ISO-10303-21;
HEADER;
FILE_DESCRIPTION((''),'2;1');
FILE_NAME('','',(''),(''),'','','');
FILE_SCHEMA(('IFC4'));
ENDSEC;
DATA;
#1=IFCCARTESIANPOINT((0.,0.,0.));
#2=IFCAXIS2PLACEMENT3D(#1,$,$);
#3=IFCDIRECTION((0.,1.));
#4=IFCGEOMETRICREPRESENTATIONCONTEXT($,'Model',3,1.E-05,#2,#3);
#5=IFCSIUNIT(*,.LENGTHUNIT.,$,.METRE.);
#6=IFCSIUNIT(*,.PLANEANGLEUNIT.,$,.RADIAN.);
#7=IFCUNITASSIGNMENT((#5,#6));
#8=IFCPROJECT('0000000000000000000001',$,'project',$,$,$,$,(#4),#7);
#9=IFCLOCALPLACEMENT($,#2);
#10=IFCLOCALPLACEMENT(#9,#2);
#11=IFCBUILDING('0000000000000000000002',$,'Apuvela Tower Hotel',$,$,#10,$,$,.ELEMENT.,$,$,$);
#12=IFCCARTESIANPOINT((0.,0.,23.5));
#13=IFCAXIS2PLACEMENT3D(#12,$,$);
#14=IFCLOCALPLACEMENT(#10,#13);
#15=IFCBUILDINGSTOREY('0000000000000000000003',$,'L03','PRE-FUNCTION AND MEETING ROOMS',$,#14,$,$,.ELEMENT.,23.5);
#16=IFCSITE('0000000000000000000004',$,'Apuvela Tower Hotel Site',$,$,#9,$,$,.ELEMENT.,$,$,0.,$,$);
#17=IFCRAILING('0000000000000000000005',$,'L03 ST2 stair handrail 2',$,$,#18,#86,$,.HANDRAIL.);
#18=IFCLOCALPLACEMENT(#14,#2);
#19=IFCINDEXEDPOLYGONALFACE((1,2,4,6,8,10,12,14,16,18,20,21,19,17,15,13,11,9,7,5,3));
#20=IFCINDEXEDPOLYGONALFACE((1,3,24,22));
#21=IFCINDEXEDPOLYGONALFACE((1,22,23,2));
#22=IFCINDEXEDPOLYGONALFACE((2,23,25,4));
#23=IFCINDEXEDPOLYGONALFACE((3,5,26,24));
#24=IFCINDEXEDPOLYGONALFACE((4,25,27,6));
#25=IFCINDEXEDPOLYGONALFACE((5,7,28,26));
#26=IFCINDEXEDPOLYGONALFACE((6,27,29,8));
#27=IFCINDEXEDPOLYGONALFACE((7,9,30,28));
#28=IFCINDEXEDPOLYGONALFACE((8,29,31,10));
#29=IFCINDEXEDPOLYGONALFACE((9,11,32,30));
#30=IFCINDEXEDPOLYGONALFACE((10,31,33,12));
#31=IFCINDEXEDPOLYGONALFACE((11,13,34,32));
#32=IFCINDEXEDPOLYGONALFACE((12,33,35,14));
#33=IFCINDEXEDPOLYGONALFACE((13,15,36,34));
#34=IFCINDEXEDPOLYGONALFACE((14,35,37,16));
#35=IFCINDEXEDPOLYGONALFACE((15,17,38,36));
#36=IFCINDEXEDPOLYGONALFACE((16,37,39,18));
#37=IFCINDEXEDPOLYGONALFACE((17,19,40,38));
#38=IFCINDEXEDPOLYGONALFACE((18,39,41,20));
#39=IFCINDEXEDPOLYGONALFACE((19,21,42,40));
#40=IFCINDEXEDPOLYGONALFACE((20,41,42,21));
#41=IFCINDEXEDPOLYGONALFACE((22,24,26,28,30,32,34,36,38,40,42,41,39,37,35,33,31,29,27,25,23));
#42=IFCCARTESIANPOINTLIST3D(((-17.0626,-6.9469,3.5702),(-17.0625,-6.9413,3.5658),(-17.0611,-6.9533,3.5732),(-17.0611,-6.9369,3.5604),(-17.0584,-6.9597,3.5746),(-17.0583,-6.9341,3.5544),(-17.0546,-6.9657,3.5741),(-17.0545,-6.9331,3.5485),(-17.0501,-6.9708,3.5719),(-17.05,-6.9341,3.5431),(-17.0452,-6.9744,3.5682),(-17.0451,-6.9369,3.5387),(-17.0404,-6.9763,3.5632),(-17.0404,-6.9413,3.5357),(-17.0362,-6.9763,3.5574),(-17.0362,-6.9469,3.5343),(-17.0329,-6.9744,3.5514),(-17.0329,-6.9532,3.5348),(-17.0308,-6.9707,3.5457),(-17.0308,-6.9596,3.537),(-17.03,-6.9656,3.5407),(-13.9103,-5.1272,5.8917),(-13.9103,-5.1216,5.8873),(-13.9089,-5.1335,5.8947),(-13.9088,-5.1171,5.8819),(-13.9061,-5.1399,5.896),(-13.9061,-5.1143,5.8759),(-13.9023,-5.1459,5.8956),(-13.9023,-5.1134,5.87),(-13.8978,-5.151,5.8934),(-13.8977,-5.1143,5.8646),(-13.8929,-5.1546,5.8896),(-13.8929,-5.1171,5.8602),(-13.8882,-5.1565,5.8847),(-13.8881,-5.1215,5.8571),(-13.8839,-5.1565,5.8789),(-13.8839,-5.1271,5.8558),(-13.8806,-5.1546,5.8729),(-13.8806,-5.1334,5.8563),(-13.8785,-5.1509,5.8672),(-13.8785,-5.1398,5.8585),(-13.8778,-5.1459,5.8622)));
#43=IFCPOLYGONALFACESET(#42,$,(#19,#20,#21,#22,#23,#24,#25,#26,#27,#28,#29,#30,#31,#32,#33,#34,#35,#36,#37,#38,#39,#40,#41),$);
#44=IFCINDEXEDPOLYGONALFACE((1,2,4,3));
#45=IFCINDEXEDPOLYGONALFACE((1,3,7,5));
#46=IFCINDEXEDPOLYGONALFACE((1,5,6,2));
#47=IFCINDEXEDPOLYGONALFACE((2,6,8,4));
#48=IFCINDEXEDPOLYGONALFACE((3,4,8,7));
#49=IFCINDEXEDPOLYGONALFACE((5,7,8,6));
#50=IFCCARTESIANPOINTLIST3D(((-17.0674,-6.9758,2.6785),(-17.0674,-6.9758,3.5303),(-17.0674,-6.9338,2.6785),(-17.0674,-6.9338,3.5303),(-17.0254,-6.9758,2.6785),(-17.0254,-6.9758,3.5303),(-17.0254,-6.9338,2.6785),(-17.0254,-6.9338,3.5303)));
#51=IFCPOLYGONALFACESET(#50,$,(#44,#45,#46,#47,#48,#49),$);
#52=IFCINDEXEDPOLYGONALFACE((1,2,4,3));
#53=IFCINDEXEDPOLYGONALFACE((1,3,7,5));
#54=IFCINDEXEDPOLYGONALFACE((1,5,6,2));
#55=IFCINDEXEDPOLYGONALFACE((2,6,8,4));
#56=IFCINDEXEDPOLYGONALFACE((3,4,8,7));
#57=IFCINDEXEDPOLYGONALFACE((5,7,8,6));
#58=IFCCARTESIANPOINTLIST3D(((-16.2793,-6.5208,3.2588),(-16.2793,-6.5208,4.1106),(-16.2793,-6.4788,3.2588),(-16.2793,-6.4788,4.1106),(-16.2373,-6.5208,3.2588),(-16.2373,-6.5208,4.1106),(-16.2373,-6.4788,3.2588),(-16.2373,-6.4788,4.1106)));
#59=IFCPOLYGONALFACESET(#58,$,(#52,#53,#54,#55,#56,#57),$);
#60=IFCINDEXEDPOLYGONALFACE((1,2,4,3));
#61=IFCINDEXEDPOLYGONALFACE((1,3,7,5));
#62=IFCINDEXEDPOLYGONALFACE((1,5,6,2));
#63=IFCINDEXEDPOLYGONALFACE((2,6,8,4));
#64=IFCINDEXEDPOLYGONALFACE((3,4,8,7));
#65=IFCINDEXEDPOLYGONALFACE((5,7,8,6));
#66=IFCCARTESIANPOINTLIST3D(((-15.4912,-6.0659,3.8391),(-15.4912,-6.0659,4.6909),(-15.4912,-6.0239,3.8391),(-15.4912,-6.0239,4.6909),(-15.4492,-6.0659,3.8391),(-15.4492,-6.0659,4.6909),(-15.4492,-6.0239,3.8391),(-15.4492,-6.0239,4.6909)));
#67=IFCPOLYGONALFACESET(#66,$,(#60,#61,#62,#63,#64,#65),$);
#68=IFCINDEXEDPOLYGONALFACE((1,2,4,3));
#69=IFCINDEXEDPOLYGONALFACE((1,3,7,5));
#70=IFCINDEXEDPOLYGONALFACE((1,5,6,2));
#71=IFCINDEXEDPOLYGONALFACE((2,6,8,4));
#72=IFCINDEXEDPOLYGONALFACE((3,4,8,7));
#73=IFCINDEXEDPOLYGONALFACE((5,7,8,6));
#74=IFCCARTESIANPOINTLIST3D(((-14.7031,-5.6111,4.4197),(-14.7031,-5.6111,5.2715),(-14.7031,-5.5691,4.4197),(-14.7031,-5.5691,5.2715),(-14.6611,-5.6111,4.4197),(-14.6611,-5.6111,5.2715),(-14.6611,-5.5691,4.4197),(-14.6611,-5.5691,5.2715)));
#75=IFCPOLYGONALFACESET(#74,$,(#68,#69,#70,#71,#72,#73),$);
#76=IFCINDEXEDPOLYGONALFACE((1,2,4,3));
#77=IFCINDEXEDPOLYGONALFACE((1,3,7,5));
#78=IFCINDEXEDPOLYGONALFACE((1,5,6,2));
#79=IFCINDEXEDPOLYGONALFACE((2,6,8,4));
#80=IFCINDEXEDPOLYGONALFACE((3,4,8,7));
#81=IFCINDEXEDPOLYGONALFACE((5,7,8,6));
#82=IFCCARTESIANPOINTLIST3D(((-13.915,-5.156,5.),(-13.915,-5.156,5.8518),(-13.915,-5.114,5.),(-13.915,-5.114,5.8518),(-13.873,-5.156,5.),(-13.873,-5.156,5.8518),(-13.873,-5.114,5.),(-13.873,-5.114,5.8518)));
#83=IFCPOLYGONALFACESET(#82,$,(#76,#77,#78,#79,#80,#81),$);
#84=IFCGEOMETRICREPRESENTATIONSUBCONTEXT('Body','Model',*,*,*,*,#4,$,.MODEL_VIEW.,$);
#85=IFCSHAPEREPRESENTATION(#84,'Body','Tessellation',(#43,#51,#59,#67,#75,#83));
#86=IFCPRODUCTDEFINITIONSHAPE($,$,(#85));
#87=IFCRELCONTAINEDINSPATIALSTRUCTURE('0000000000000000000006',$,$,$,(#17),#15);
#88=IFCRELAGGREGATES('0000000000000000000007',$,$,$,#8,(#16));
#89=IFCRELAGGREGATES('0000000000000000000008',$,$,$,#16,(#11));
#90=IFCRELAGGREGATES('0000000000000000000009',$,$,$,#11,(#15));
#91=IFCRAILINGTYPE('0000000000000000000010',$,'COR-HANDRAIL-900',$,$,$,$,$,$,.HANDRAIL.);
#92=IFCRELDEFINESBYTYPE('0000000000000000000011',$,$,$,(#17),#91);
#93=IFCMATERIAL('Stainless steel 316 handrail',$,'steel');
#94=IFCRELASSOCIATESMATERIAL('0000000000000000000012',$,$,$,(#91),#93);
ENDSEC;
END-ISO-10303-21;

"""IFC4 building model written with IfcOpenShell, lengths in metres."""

from ifc_helpers import new_model, si_unit, direction, frame, origin, origin_2d, place, context, subcontext, project, spatial, rectangle, circle, extrude, material, type_object, element, save


model = new_model("IFC4")

# Units and contexts
model_context = context("Model", 3, precision=1e-05, world=origin(), true_north=direction((0.0, 1.0)))
body_context = subcontext(model_context, "Body", "Model", "MODEL_VIEW")
ifc_project = project(units=[si_unit("LENGTHUNIT", "METRE"), si_unit("PLANEANGLEUNIT", "RADIAN")], contexts=[model_context])

# Site, building, storey
site_placement = place(None, origin())
site = spatial("IfcSite", under=ifc_project, at=site_placement, Name="Apuvela Tower Hotel Site", CompositionType="ELEMENT", RefElevation=0.0)
building_placement = place(site_placement, origin())
building = spatial("IfcBuilding", under=site, at=building_placement, Name="Apuvela Tower Hotel", CompositionType="ELEMENT")
storey_placement = place(building_placement, frame((0.0, 0.0, 23.5)))
storey = spatial("IfcBuildingStorey", under=building, at=storey_placement, Name="L03", Description="PRE-FUNCTION AND MEETING ROOMS", CompositionType="ELEMENT", Elevation=23.5)

# Railing
ifc_material_1 = material(Name="Stainless steel 316 handrail", Category="steel")
railing_type_1 = type_object("IfcRailingType", Name="COR-HANDRAIL-900", PredefinedType="HANDRAIL", material=ifc_material_1)
railing_1_placement = place(storey_placement, frame((-17.0464, -6.9548, 2.6785)))
element("IfcRailing", 1, at=railing_1_placement, inside=storey, type_object=railing_type_1, Name="L03 ST2 stair handrail 2", PredefinedType="HANDRAIL", context=body_context, shape_type="SweptSolid", body=[
    extrude(circle(Radius=0.0239, at=origin_2d()), frame((0.0, 0.0, 0.876), z_axis=(0.730176, 0.421525, 0.537736), x_axis=(-0.499962, 0.866047, 0.0)), (0.0, 0.0, 1.0), 4.3171),
    extrude(rectangle(XDim=0.042, YDim=0.042, at=origin_2d()), origin(), (0.0, 0.0, 1.0), 0.8518),
    extrude(rectangle(XDim=0.042, YDim=0.042, at=origin_2d()), frame((0.7881, 0.4551, 0.5803)), (0.0, 0.0, 1.0), 0.8518),
    extrude(rectangle(XDim=0.042, YDim=0.042, at=origin_2d()), frame((1.5762, 0.9099, 1.1606)), (0.0, 0.0, 1.0), 0.8518),
    extrude(rectangle(XDim=0.042, YDim=0.042, at=origin_2d()), frame((2.3643, 1.3647, 1.7412)), (0.0, 0.0, 1.0), 0.8518),
    extrude(rectangle(XDim=0.042, YDim=0.042, at=origin_2d()), frame((3.1523, 1.8198, 2.3215)), (0.0, 0.0, 1.0), 0.8518),
])

save(model, "model.ifc")
